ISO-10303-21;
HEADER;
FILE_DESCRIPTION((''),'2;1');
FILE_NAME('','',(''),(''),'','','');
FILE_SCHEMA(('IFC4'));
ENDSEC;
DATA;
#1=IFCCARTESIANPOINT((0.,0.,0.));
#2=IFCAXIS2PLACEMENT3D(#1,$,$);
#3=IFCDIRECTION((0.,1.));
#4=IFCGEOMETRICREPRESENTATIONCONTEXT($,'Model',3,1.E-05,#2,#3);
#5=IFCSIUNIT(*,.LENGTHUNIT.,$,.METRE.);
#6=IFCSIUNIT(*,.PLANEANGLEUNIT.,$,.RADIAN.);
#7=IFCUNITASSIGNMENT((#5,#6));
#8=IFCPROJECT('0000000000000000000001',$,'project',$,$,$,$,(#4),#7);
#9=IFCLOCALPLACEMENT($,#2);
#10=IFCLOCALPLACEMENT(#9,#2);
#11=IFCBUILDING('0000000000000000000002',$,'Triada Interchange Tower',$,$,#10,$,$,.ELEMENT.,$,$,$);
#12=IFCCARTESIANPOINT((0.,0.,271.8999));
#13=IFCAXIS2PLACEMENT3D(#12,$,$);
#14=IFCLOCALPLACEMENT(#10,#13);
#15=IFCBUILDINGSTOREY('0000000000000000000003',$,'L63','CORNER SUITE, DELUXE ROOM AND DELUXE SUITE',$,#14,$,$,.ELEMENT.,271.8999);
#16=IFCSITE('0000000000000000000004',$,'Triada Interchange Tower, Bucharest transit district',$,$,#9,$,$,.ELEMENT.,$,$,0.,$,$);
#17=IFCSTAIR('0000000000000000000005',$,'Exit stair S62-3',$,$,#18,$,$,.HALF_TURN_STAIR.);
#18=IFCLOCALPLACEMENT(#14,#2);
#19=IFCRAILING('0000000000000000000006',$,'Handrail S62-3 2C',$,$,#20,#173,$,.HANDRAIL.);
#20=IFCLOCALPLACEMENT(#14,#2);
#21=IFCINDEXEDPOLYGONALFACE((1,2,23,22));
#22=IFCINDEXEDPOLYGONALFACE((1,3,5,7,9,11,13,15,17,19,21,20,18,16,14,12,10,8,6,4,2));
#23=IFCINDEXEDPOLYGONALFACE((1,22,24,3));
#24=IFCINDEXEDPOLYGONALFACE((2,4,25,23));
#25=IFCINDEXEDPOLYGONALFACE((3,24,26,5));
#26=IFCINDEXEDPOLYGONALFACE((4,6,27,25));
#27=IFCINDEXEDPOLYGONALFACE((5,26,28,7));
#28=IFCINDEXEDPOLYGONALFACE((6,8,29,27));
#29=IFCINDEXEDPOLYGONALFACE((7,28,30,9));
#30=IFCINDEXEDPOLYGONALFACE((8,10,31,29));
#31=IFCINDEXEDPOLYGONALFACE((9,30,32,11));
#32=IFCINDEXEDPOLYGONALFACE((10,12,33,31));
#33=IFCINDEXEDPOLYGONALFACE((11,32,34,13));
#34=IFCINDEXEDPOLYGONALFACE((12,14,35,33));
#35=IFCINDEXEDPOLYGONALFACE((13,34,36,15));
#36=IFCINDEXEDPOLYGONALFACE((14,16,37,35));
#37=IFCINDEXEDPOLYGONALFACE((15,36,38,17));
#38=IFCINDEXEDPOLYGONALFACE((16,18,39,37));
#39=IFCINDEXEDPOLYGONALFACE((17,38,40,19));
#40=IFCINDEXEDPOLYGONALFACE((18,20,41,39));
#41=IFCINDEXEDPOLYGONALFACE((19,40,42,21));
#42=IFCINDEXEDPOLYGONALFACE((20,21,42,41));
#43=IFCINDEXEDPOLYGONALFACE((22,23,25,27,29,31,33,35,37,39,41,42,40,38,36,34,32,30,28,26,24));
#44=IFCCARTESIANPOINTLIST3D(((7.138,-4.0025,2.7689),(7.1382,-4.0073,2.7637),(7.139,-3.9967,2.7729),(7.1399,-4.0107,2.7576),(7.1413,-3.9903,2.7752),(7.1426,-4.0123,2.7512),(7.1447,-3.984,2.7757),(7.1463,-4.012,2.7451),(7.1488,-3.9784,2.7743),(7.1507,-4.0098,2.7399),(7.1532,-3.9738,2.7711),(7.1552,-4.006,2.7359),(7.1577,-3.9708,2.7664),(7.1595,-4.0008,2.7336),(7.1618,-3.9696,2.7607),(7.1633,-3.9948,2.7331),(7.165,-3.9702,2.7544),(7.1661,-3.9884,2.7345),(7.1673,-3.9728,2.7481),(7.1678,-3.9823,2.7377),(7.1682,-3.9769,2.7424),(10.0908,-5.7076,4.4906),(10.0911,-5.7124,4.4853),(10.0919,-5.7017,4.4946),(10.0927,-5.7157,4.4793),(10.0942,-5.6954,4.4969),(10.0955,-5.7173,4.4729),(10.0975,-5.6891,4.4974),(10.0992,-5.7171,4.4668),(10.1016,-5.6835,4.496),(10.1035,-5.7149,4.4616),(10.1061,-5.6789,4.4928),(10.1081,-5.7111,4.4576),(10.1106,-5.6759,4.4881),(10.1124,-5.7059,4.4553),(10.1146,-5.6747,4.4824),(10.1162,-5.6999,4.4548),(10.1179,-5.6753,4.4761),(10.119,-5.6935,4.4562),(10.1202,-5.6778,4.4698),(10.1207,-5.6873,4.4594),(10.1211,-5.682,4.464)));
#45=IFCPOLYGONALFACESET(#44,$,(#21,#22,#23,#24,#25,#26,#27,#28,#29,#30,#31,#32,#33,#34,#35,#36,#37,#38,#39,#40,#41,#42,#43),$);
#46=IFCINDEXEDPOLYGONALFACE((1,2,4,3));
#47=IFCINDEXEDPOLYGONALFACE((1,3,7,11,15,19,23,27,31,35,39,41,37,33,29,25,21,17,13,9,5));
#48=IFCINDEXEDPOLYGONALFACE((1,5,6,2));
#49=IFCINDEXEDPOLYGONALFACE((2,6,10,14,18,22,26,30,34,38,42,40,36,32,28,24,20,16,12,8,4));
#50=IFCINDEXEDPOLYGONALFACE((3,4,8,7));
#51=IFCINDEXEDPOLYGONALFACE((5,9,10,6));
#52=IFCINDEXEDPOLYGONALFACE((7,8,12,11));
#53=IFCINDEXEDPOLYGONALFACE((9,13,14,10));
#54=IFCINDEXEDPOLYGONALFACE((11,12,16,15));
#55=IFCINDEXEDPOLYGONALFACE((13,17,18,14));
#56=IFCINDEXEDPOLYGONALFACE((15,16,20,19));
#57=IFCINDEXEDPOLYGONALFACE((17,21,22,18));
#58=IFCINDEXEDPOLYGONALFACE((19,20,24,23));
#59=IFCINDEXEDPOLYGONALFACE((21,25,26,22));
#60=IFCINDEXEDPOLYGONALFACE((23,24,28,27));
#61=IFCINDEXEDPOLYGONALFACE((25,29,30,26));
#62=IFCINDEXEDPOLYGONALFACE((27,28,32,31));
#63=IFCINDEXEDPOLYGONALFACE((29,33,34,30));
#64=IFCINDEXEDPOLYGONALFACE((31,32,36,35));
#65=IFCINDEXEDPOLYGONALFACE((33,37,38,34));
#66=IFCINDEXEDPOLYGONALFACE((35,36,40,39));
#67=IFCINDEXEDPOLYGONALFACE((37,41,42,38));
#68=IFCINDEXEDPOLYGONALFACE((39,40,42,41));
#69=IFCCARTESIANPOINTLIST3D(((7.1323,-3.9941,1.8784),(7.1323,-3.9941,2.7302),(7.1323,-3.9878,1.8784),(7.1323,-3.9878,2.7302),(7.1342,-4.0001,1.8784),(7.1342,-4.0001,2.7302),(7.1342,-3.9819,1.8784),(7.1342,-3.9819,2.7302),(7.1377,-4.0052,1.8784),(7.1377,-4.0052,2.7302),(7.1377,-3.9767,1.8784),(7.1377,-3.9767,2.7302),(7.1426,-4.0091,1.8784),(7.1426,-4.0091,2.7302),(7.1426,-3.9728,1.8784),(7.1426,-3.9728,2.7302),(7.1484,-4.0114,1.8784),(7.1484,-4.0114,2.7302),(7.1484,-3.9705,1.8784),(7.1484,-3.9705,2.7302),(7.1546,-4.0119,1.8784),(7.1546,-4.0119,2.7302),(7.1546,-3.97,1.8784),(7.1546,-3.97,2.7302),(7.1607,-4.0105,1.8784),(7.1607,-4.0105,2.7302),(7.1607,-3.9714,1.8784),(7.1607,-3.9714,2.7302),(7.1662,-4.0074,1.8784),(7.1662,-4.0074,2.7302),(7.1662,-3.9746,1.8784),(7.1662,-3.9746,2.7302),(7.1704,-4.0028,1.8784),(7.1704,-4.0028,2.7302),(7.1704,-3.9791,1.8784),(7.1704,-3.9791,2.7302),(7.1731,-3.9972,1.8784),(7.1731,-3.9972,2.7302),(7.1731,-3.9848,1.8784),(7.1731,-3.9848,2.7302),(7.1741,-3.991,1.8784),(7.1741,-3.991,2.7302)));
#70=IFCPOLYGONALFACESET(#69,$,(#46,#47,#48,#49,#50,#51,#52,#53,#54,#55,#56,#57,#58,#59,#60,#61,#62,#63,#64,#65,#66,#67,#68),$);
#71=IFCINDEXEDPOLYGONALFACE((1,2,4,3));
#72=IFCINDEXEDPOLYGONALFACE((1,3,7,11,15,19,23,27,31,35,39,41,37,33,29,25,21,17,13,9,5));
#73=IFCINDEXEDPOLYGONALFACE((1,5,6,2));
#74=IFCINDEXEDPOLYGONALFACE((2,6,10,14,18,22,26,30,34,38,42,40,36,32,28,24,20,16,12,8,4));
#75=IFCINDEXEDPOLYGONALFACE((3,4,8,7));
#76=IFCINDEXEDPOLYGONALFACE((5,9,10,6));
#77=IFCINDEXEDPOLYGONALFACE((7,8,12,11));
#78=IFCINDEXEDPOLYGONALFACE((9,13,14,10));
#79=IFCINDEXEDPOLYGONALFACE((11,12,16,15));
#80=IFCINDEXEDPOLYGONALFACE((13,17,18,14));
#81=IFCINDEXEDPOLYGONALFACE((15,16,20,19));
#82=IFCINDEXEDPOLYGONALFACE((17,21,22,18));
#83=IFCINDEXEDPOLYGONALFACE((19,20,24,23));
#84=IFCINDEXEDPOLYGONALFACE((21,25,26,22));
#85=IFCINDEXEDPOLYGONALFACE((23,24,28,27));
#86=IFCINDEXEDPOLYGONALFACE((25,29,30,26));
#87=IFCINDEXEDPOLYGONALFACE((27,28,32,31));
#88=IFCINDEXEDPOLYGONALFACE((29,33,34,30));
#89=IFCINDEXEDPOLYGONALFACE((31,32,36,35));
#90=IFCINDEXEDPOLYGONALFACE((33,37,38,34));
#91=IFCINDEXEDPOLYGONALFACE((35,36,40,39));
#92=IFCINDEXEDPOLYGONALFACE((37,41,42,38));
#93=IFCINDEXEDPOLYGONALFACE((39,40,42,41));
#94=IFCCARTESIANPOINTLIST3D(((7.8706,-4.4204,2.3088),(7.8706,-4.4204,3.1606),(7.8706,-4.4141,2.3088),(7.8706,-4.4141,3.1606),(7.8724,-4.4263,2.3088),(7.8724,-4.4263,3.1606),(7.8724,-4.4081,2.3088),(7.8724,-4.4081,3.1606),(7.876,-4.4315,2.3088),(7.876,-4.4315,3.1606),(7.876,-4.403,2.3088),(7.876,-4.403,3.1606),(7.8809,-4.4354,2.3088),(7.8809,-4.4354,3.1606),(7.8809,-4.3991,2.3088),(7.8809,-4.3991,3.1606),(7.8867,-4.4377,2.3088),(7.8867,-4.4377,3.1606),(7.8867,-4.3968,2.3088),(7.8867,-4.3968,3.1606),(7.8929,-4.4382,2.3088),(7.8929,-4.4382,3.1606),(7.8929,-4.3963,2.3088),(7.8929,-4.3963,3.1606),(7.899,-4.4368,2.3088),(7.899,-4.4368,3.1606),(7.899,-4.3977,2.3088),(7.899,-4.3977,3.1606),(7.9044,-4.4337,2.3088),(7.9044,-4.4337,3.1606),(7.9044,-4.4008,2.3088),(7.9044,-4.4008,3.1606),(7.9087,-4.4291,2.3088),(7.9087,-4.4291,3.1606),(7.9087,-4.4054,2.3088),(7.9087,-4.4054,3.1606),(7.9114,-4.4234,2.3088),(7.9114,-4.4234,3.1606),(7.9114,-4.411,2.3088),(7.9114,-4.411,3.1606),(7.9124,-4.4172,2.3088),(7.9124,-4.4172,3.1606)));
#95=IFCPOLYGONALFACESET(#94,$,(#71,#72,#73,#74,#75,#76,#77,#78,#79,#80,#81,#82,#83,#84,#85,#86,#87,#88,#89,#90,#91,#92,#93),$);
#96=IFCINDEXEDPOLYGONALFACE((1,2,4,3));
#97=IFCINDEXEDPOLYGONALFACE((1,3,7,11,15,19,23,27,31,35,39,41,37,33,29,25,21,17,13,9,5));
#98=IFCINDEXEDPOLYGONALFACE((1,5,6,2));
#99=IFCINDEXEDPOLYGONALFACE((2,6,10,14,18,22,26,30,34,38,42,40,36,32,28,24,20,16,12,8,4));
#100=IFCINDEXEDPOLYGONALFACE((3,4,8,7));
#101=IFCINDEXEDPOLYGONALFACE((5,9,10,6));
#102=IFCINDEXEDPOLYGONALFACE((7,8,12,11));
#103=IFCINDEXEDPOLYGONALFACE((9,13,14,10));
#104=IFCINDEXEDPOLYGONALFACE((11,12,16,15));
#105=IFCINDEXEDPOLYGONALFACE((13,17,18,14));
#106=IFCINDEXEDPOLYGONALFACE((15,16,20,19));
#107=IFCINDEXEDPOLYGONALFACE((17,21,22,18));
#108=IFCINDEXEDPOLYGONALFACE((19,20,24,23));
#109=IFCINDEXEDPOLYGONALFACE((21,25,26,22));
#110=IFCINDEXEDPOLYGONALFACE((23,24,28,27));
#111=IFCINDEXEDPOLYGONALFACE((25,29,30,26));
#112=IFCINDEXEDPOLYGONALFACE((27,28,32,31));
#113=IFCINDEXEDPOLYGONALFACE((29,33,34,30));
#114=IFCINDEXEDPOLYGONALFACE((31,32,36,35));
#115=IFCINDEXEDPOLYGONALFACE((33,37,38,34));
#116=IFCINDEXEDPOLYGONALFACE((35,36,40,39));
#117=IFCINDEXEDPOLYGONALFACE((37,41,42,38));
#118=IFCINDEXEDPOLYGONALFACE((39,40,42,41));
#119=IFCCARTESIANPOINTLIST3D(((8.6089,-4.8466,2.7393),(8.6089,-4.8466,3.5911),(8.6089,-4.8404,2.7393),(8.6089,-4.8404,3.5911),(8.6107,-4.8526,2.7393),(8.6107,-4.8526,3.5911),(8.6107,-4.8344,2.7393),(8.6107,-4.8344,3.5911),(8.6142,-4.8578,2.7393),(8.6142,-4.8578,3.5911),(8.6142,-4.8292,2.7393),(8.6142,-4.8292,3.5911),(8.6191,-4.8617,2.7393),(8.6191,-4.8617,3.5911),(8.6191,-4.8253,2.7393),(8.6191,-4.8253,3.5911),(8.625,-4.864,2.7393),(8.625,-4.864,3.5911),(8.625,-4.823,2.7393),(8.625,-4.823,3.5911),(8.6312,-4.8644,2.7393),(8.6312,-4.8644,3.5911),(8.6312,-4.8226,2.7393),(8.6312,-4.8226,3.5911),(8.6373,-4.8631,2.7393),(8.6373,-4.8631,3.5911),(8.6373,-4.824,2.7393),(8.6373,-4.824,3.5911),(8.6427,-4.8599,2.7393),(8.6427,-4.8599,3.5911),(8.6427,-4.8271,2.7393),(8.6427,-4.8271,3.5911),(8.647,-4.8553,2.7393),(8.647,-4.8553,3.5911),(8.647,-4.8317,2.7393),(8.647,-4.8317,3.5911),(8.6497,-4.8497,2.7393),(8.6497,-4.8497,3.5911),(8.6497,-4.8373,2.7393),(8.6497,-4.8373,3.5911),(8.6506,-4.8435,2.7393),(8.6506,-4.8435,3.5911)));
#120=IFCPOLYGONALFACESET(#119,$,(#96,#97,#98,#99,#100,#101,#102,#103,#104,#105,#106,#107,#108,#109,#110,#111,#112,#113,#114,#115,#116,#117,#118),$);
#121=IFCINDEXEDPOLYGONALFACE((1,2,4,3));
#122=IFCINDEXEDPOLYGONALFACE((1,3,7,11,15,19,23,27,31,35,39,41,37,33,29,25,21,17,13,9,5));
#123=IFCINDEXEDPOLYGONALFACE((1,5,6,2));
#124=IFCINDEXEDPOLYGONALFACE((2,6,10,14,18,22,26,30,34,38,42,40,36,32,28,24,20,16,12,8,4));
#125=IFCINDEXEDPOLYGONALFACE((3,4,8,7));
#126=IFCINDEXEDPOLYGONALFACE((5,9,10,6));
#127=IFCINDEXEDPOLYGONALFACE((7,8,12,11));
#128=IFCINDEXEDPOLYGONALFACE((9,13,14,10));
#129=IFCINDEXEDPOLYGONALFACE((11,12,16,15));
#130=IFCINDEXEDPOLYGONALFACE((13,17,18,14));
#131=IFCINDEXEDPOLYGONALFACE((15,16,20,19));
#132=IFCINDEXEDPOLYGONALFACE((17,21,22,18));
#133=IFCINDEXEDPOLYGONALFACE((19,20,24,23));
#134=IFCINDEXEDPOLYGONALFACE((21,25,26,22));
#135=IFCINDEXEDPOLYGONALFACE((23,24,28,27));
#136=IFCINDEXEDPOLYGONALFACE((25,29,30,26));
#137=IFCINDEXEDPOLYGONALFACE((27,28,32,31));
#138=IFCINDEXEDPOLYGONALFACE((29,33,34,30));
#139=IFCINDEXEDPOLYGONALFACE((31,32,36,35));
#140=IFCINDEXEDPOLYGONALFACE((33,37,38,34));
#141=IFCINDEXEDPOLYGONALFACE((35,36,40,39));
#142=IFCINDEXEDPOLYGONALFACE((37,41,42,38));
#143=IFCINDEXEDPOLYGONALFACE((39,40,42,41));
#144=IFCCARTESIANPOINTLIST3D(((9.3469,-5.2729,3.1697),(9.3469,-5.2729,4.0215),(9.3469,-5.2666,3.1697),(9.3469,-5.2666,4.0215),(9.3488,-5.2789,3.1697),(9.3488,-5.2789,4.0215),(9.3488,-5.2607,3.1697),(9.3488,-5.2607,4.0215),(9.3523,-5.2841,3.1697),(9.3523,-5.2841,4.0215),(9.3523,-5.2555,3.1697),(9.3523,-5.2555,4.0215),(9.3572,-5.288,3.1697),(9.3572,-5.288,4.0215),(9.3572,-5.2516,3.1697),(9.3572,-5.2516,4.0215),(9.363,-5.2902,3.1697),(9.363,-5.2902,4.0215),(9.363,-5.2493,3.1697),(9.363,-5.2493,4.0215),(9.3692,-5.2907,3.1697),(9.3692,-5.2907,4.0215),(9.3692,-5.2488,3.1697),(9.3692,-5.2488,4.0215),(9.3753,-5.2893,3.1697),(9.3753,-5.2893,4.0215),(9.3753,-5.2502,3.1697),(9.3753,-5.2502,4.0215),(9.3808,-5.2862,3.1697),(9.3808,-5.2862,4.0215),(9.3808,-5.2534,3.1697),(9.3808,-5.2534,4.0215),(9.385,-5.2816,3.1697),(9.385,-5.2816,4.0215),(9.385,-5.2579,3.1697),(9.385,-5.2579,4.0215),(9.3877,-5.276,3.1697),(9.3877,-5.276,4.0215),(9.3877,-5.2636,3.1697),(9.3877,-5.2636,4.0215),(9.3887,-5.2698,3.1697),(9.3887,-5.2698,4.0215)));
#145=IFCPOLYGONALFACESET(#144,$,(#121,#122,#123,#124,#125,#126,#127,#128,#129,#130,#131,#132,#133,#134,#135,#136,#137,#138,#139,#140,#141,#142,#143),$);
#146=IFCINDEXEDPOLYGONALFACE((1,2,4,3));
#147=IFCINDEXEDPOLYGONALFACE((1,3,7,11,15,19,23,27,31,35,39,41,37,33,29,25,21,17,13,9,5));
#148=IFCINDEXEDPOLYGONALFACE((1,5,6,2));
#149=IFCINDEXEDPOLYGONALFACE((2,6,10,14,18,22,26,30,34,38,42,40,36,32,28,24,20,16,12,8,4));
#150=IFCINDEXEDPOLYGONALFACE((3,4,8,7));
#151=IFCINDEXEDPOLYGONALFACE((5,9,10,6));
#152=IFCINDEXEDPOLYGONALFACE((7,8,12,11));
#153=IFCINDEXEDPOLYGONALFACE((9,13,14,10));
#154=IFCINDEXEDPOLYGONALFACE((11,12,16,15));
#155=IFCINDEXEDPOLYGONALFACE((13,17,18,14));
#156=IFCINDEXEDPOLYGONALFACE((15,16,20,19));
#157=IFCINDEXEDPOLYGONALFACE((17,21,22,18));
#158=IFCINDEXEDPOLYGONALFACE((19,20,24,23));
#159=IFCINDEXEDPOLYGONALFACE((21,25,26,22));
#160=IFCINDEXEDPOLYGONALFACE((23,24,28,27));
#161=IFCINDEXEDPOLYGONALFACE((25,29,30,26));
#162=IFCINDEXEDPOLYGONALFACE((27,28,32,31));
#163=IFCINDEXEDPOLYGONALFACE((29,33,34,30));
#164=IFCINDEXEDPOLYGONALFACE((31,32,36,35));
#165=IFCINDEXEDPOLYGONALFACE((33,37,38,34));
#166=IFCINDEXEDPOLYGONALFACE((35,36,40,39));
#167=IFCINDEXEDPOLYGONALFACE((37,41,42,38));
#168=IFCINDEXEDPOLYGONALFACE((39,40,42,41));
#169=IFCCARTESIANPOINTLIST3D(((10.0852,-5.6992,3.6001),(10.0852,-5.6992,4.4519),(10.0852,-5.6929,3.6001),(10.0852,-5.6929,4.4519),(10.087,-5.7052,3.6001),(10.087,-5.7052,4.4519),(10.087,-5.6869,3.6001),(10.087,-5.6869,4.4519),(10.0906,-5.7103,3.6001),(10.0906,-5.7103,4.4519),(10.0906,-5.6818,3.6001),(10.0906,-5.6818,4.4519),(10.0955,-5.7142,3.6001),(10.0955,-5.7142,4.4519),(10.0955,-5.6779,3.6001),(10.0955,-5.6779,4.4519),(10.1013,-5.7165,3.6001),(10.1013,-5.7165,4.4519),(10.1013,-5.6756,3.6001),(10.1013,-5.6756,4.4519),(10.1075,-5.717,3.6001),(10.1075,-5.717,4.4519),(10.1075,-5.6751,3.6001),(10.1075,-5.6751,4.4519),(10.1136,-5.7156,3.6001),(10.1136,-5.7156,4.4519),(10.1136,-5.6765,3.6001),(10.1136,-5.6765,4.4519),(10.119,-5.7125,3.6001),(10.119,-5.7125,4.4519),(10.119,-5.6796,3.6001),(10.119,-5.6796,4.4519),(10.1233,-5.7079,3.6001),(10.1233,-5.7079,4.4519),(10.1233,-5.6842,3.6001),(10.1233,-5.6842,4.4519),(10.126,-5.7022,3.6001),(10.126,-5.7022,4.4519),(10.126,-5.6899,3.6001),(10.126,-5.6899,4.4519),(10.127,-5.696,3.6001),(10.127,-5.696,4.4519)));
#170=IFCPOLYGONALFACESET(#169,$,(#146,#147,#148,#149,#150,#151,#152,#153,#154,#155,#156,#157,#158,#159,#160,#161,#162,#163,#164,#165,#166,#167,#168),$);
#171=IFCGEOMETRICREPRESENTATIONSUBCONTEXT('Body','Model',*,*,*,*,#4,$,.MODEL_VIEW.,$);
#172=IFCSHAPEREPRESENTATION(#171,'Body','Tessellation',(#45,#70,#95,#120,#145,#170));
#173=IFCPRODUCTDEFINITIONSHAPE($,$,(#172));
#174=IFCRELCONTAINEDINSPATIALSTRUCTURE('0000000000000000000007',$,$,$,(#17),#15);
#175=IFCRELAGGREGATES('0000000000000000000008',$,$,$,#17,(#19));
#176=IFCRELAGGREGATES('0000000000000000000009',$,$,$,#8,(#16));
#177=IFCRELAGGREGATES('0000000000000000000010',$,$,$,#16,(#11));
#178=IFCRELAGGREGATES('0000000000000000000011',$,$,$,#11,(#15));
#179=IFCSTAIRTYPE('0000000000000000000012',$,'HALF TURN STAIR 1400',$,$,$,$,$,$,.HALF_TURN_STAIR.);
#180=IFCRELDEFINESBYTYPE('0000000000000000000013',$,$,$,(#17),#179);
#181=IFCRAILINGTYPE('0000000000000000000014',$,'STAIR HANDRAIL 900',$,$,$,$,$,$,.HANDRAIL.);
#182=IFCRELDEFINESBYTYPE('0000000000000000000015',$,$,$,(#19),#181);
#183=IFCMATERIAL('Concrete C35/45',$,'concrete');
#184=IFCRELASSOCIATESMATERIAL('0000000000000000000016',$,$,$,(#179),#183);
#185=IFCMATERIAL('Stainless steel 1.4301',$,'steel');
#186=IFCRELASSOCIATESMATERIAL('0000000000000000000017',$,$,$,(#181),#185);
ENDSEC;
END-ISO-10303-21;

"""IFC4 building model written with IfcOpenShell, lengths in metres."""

from ifc_helpers import new_model, si_unit, direction, frame, origin, origin_2d, place, context, subcontext, project, spatial, circle, extrude, material, type_object, element, aggregate, save


model = new_model("IFC4")

# Units and contexts
model_context = context("Model", 3, precision=1e-05, world=origin(), true_north=direction((0.0, 1.0)))
body_context = subcontext(model_context, "Body", "Model", "MODEL_VIEW")
ifc_project = project(units=[si_unit("LENGTHUNIT", "METRE"), si_unit("PLANEANGLEUNIT", "RADIAN")], contexts=[model_context])

# Site, building, storey
site_placement = place(None, origin())
site = spatial("IfcSite", under=ifc_project, at=site_placement, Name="Triada Interchange Tower, Bucharest transit district", CompositionType="ELEMENT", RefElevation=0.0)
building_placement = place(site_placement, origin())
building = spatial("IfcBuilding", under=site, at=building_placement, Name="Triada Interchange Tower", CompositionType="ELEMENT")
storey_placement = place(building_placement, frame((0.0, 0.0, 271.8999)))
storey = spatial("IfcBuildingStorey", under=building, at=storey_placement, Name="L63", Description="CORNER SUITE, DELUXE ROOM AND DELUXE SUITE", CompositionType="ELEMENT", Elevation=271.8999)

# Stair, railing
ifc_material_1 = material(Name="Concrete C35/45", Category="concrete")
stair_type = type_object("IfcStairType", Name="HALF TURN STAIR 1400", PredefinedType="HALF_TURN_STAIR", material=ifc_material_1)
stair_placement = place(storey_placement, origin())
stair = element("IfcStair", 1, at=stair_placement, inside=storey, type_object=stair_type, Name="Exit stair S62-3", PredefinedType="HALF_TURN_STAIR")
ifc_material_2 = material(Name="Stainless steel 1.4301", Category="steel")
railing_type = type_object("IfcRailingType", Name="STAIR HANDRAIL 900", PredefinedType="HANDRAIL", material=ifc_material_2)
railing_1_placement = place(storey_placement, frame((7.1531, -3.991, 1.8784)))
railing_1 = element("IfcRailing", 2, at=railing_1_placement, type_object=railing_type, Name="Handrail S62-3 2C", PredefinedType="HANDRAIL", context=body_context, shape_type="SweptSolid", body=[
    extrude(circle(Radius=0.0239, at=origin_2d()), frame((0.0, 0.0, 0.876), z_axis=(0.773043, -0.446377, 0.450723), x_axis=(0.500051, 0.865996, 0.0)), (0.0, 0.0, 1.0), 3.8198),
    extrude(circle(Radius=0.021, at=origin_2d()), origin(), (0.0, 0.0, 1.0), 0.8518),
    extrude(circle(Radius=0.021, at=origin_2d()), frame((0.7383, -0.4263, 0.4304)), (0.0, 0.0, 1.0), 0.8518),
    extrude(circle(Radius=0.021, at=origin_2d()), frame((1.4766, -0.8525, 0.8608)), (0.0, 0.0, 1.0), 0.8518),
    extrude(circle(Radius=0.021, at=origin_2d()), frame((2.2146, -1.2788, 1.2913)), (0.0, 0.0, 1.0), 0.8518),
    extrude(circle(Radius=0.021, at=origin_2d()), frame((2.9529, -1.7051, 1.7217)), (0.0, 0.0, 1.0), 0.8518),
])
aggregate(stair, [railing_1])

save(model, "model.ifc")
